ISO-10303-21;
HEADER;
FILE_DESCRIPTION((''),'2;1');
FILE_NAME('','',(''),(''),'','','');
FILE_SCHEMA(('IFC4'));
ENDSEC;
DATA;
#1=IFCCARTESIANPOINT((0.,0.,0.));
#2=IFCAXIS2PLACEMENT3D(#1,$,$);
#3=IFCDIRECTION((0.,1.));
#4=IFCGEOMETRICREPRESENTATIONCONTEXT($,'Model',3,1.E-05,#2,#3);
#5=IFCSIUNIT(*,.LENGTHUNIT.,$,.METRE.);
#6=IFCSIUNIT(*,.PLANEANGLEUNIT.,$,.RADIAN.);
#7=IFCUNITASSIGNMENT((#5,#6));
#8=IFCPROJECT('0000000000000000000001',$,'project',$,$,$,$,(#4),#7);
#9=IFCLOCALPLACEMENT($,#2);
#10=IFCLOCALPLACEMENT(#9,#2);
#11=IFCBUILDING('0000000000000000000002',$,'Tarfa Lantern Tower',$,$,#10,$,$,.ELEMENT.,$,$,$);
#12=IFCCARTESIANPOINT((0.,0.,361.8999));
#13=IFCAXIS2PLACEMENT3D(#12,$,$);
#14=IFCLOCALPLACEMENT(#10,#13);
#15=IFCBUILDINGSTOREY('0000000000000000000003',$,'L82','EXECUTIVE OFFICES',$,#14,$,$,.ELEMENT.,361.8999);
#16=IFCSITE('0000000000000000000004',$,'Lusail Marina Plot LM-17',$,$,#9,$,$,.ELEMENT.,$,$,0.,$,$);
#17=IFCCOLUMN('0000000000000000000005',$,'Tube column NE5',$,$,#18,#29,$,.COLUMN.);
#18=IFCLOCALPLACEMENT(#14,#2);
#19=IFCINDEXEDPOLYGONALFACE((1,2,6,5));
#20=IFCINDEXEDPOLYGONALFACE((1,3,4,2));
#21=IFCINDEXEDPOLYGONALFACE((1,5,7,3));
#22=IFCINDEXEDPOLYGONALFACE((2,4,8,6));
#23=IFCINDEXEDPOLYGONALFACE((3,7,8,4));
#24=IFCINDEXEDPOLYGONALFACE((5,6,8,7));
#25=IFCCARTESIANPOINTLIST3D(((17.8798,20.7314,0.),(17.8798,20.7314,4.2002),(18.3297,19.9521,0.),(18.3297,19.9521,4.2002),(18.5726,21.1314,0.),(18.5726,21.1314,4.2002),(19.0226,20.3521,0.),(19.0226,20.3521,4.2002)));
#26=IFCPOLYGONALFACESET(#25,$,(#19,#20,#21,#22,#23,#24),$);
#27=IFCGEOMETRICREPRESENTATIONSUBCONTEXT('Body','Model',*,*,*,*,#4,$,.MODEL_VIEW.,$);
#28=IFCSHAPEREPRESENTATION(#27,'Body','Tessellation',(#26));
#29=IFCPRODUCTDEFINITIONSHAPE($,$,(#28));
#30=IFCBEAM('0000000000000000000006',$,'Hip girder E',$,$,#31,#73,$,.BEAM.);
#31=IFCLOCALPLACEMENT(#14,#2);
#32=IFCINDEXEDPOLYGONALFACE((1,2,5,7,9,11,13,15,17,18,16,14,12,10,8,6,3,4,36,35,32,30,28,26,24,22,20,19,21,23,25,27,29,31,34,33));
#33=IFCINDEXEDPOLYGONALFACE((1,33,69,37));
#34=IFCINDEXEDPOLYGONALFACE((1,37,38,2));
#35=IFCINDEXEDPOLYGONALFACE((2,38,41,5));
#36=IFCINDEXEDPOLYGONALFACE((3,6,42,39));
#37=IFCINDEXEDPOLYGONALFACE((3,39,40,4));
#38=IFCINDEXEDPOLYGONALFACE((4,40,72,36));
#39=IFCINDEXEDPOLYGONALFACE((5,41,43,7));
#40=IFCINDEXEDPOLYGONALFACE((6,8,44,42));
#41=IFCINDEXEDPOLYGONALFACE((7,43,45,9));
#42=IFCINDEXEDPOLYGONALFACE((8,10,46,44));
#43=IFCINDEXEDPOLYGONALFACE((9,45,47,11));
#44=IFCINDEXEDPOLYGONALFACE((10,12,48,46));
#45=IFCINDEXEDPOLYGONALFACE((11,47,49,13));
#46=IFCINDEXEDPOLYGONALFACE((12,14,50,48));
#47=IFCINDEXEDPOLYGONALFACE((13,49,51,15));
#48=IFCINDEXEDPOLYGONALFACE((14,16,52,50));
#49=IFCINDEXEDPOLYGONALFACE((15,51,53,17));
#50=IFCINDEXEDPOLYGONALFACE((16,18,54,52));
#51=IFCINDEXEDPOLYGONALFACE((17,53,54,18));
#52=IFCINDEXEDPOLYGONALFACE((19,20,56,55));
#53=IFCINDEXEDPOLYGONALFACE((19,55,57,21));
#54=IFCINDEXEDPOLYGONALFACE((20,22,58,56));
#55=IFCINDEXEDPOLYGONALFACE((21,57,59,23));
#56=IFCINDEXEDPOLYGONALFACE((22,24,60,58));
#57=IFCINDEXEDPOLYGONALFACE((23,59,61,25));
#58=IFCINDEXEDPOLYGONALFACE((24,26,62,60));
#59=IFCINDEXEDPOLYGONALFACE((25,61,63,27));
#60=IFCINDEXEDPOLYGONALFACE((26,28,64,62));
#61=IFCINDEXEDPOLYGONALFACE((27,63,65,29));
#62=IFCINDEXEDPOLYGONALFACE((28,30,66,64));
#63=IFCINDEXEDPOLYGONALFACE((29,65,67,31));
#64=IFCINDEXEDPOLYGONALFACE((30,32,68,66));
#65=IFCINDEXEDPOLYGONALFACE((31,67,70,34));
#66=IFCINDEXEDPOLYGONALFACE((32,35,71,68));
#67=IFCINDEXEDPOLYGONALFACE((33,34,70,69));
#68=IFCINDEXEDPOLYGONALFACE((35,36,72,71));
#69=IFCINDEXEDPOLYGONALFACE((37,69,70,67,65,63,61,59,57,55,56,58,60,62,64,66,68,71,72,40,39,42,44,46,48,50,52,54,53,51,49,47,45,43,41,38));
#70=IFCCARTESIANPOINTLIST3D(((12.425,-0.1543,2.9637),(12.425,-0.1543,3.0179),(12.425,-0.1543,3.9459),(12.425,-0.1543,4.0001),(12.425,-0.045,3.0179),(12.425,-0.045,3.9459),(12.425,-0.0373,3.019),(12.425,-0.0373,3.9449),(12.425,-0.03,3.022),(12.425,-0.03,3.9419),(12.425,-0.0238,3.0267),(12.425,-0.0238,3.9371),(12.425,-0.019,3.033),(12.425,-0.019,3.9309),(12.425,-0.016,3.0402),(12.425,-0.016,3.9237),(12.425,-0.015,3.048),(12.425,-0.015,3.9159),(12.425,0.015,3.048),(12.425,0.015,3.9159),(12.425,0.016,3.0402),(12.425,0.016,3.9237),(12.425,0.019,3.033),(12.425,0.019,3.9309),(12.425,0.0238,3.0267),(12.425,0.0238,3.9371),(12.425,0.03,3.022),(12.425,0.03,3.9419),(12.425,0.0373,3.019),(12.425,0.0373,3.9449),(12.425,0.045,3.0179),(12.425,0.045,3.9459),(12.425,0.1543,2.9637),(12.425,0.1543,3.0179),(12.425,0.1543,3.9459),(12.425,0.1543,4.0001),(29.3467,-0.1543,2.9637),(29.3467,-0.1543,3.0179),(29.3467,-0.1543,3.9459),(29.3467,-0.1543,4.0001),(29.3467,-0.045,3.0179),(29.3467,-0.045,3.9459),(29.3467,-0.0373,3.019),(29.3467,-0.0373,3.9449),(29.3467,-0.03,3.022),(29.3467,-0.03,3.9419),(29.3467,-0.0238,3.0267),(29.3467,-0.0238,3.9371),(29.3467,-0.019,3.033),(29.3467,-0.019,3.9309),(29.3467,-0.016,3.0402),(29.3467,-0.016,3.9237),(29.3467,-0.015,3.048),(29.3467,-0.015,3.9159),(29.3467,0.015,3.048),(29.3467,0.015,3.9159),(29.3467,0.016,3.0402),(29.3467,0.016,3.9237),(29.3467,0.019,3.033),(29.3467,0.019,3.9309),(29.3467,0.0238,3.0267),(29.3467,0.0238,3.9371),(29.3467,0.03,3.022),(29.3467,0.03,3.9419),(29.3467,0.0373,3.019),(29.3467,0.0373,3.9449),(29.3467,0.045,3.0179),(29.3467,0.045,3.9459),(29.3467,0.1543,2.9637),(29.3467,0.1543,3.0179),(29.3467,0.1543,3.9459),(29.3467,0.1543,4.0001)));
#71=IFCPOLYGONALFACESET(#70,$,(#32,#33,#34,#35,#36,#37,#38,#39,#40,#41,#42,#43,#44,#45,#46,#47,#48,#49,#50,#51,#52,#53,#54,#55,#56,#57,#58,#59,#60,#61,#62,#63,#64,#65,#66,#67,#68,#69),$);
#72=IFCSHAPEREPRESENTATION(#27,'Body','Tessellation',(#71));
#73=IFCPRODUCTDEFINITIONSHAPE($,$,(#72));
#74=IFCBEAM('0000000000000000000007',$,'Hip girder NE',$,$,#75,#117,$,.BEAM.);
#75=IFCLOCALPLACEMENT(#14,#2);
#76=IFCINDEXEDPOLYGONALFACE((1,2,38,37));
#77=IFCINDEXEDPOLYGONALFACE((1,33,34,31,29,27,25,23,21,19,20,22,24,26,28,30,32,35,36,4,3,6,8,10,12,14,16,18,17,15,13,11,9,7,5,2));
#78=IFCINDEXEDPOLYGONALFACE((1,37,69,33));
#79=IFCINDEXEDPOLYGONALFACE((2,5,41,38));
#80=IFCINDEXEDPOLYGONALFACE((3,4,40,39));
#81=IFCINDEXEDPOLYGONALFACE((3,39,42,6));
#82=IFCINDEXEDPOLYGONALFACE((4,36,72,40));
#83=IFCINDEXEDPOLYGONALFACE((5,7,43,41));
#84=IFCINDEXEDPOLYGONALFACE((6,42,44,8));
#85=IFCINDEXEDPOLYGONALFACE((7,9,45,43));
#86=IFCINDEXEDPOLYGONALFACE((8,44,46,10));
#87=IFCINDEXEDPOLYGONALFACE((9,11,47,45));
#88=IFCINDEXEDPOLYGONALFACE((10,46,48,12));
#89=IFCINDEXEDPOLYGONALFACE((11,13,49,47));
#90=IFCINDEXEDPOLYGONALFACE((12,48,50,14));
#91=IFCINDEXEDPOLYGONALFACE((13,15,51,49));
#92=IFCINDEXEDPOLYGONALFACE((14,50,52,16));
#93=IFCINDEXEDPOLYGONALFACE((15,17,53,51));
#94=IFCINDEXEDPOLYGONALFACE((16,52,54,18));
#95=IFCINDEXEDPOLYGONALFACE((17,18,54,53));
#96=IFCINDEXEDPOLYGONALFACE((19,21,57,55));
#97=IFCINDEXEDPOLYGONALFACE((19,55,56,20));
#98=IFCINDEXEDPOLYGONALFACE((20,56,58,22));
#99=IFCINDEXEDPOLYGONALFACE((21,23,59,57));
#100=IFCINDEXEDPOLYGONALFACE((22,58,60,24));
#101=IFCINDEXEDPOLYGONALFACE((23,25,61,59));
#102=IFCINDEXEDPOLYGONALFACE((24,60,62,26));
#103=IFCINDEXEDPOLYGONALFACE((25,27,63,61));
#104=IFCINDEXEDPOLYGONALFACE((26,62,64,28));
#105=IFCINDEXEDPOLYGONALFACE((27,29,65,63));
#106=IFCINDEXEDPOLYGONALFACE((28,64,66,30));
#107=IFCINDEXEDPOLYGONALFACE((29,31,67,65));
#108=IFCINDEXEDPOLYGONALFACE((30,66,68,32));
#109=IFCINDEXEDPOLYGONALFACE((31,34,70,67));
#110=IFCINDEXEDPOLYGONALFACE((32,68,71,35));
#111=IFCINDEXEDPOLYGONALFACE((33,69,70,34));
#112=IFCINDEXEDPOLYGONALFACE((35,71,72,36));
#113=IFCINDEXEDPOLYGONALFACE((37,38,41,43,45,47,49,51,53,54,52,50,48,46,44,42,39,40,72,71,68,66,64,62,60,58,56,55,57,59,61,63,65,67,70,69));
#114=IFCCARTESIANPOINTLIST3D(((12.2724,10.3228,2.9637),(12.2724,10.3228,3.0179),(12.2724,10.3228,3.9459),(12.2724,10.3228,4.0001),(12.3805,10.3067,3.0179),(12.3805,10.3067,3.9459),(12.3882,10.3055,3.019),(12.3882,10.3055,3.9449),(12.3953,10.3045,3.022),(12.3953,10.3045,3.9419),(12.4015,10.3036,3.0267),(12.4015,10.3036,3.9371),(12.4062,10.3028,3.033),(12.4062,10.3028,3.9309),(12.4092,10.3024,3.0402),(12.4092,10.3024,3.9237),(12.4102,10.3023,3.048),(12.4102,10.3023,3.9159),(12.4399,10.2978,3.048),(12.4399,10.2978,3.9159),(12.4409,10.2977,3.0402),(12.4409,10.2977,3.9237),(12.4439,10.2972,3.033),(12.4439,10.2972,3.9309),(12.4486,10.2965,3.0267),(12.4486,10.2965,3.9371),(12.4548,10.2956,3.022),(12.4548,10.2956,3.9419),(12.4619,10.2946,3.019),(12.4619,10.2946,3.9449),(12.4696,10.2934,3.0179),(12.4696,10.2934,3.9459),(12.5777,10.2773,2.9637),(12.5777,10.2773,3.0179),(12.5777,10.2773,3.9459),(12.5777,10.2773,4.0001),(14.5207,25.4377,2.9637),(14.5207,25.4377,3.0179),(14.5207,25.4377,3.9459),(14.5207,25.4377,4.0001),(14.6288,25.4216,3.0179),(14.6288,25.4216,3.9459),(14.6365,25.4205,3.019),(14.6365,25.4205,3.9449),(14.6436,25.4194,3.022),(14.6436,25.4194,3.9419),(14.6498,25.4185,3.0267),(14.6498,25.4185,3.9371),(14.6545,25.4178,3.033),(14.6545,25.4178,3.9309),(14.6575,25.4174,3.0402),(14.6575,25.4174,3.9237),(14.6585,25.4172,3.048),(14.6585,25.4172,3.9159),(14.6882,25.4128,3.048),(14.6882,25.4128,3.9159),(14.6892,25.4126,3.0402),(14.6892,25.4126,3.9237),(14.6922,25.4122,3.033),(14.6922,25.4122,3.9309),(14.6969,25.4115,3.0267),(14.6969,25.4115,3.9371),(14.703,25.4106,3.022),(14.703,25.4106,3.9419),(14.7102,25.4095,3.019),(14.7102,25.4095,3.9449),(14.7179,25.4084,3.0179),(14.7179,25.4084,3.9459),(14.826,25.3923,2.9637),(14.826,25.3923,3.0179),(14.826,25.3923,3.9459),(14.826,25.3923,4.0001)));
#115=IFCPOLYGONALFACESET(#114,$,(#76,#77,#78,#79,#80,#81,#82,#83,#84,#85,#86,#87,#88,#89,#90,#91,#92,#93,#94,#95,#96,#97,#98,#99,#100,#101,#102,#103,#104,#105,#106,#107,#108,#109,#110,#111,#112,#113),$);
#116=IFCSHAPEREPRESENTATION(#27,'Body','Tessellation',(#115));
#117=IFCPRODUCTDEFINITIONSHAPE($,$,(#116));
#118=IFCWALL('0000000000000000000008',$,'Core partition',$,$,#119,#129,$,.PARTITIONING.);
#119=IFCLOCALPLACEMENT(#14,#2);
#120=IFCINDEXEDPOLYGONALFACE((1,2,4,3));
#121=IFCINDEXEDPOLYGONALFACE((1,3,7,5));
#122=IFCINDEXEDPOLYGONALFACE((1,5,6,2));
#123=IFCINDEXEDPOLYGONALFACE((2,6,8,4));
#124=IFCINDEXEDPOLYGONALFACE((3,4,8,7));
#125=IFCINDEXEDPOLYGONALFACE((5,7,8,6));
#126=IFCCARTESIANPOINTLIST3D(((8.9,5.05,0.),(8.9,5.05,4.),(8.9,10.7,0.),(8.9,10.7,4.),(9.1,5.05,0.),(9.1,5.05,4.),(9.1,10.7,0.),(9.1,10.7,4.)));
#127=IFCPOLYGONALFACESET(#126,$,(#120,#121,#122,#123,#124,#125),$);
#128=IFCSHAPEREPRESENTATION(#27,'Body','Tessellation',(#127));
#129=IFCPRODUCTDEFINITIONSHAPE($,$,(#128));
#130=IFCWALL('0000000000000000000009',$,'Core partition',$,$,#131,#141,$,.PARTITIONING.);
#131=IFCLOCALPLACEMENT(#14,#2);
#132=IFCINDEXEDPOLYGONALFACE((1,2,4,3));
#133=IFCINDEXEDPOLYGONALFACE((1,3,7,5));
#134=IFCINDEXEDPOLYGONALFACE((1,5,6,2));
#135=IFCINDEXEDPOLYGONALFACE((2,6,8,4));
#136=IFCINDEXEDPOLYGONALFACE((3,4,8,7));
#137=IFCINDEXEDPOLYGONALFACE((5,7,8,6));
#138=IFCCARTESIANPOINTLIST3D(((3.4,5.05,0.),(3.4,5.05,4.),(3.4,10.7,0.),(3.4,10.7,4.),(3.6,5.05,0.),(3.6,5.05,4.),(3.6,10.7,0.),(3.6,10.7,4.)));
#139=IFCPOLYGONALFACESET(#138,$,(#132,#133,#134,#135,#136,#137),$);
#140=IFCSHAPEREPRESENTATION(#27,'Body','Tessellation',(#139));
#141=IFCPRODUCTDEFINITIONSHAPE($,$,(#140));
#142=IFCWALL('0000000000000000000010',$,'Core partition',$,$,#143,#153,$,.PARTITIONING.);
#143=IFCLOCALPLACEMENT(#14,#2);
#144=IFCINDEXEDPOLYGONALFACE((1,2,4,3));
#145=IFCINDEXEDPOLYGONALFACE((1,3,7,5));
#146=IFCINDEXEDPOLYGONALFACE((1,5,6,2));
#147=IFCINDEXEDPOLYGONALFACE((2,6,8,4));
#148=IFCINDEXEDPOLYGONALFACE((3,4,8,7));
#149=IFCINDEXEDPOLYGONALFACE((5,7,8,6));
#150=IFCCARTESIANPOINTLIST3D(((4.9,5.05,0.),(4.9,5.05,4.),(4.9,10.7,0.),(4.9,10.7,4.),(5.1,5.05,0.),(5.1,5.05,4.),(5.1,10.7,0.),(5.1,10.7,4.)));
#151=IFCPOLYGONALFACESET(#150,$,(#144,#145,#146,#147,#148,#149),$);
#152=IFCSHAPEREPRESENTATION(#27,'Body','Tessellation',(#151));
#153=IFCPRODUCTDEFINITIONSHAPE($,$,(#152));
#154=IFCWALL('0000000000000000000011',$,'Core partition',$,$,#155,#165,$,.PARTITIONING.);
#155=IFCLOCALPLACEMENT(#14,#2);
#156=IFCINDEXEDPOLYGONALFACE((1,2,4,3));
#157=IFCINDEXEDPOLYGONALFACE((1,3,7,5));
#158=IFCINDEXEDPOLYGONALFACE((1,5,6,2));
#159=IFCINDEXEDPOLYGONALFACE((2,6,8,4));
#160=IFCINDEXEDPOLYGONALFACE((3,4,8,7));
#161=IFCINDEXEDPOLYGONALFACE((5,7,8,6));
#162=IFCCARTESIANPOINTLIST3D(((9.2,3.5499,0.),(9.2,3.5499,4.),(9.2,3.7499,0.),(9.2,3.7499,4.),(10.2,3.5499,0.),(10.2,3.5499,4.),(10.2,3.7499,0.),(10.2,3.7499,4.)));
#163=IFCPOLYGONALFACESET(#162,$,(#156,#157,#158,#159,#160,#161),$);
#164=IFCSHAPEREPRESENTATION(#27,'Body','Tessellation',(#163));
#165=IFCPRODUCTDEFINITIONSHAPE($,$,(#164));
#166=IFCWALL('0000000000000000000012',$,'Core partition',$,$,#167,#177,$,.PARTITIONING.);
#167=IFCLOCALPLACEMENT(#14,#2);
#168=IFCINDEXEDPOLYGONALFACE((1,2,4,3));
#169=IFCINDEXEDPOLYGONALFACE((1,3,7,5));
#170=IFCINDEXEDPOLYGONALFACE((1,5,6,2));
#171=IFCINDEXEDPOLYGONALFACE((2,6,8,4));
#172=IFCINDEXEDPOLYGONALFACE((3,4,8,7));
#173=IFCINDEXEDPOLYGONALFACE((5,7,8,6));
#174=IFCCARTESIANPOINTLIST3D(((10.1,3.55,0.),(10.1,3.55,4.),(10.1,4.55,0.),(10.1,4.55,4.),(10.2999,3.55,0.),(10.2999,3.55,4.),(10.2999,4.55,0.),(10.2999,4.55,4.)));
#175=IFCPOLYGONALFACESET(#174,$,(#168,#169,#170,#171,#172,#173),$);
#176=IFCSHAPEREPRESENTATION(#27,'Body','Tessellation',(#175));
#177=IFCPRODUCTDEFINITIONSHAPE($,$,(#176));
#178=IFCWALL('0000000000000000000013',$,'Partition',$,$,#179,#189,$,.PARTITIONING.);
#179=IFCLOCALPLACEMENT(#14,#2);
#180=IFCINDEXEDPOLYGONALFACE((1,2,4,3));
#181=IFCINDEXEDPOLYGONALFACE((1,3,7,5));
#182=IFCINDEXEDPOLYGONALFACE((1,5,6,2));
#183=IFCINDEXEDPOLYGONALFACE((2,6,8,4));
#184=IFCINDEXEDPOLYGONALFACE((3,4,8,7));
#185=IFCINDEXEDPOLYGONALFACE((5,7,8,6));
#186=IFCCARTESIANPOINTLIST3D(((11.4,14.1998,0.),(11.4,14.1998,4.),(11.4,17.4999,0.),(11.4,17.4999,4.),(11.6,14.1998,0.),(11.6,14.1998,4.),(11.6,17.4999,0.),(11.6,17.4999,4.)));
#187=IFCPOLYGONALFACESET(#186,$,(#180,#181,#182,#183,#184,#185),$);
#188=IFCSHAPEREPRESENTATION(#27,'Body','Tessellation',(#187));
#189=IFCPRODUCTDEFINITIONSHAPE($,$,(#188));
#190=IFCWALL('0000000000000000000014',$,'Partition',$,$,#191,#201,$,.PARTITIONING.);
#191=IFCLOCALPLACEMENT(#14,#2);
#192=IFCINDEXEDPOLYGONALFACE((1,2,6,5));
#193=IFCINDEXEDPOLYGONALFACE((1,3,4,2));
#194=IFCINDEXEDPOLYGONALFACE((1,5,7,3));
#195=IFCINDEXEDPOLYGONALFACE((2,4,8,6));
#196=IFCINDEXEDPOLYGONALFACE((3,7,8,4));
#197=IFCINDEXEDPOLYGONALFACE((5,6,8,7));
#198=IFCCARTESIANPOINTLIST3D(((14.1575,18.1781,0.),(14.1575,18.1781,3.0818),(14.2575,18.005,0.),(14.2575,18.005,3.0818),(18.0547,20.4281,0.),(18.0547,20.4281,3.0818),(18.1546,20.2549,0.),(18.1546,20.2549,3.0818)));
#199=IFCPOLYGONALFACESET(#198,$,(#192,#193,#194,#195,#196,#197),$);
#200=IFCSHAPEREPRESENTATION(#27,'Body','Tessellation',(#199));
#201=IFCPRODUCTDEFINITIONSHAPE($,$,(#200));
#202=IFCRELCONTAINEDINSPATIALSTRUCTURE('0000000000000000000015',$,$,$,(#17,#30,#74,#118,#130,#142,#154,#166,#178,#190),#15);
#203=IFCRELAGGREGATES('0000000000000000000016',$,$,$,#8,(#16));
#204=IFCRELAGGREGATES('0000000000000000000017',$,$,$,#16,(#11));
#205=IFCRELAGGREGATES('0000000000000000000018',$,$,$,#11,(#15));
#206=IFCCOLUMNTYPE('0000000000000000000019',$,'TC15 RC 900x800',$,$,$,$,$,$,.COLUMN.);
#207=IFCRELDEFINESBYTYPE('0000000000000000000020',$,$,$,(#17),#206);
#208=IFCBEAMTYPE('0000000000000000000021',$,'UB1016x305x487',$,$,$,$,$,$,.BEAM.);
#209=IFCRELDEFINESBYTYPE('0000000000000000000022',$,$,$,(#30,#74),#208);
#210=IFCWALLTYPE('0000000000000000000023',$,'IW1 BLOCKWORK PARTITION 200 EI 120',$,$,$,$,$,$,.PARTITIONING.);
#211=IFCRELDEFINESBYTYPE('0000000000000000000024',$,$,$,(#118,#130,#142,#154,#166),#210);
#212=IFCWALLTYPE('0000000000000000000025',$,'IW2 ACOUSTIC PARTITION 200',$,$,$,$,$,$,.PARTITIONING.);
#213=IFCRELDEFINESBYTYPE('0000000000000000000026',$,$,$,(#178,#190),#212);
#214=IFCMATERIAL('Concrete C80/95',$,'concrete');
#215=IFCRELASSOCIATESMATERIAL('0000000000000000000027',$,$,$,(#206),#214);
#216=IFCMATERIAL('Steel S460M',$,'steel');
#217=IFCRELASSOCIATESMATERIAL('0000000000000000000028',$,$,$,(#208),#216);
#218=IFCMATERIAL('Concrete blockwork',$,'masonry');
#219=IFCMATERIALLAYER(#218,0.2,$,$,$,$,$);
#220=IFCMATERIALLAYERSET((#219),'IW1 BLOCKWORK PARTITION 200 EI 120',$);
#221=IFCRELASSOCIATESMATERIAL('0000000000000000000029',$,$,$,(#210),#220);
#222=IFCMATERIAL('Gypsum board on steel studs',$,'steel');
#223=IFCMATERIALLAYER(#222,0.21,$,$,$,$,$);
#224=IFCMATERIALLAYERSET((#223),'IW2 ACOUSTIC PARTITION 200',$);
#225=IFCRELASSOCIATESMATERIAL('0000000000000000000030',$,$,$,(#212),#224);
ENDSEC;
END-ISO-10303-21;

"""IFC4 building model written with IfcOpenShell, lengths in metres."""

from ifc_helpers import new_model, si_unit, direction, frame, frame_2d, origin, origin_2d, place, context, subcontext, project, spatial, rectangle, i_section, extrude, material, layer, layer_set, material_profile, profile_set, type_object, element, save


model = new_model("IFC4")

# Units and contexts
model_context = context("Model", 3, precision=1e-05, world=origin(), true_north=direction((0.0, 1.0)))
body_context = subcontext(model_context, "Body", "Model", "MODEL_VIEW")
ifc_project = project(units=[si_unit("LENGTHUNIT", "METRE"), si_unit("PLANEANGLEUNIT", "RADIAN")], contexts=[model_context])

# Site, building, storey
site_placement = place(None, origin())
site = spatial("IfcSite", under=ifc_project, at=site_placement, Name="Lusail Marina Plot LM-17", CompositionType="ELEMENT", RefElevation=0.0)
building_placement = place(site_placement, origin())
building = spatial("IfcBuilding", under=site, at=building_placement, Name="Tarfa Lantern Tower", CompositionType="ELEMENT")
storey_placement = place(building_placement, frame((0.0, 0.0, 361.8999)))
storey = spatial("IfcBuildingStorey", under=building, at=storey_placement, Name="L82", Description="EXECUTIVE OFFICES", CompositionType="ELEMENT", Elevation=361.8999)

# Column
ifc_material_1 = material(Name="Concrete C80/95", Category="concrete")
ifc_material_profile_1 = material_profile(ifc_material_1, rectangle(XDim=0.8999, YDim=0.8, at=origin_2d()), Name="RC 900x800")
ifc_profile_set_1 = profile_set([ifc_material_profile_1], Name="Concrete C80/95")
column_type = type_object("IfcColumnType", Name="TC15 RC 900x800", PredefinedType="COLUMN", material=ifc_profile_set_1)
column_placement = place(storey_placement, frame((18.4512, 20.5417, 0.0), z_axis=(0.0, 0.0, 1.0), x_axis=(-0.5, 0.866025, 0.0)))
element("IfcColumn", 1, at=column_placement, inside=storey, type_object=column_type, Name="Tube column NE5", PredefinedType="COLUMN", context=body_context, shape_type="SweptSolid", body=[
    extrude(rectangle(XDim=0.8999, YDim=0.8, at=origin_2d()), origin(), (0.0, 0.0, 1.0), 4.2002),
])

# Beams
ifc_material_2 = material(Name="Steel S460M", Category="steel")
ifc_material_profile_2 = material_profile(ifc_material_2, i_section(OverallWidth=0.3086, OverallDepth=1.0364, WebThickness=0.03, FlangeThickness=0.0542, FilletRadius=0.03, at=origin_2d()), Name="UB1016x305x487")
ifc_profile_set_2 = profile_set([ifc_material_profile_2], Name="Steel S460M")
beam_type = type_object("IfcBeamType", Name="UB1016x305x487", PredefinedType="BEAM", material=ifc_profile_set_2)
beam_1_placement = place(storey_placement, frame((12.425, 0.0, 3.4819), z_axis=(1.0, 0.0, 0.0), x_axis=(0.0, 1.0, 0.0)))
element("IfcBeam", 2, at=beam_1_placement, inside=storey, type_object=beam_type, Name="Hip girder E", PredefinedType="BEAM", context=body_context, shape_type="SweptSolid", body=[
    extrude(i_section(OverallWidth=0.3086, OverallDepth=1.0364, WebThickness=0.03, FlangeThickness=0.0542, FilletRadius=0.03, at=origin_2d()), origin(), (0.0, 0.0, 1.0), 16.9216),
])
beam_2_placement = place(storey_placement, frame((12.425, 10.3, 3.4819), z_axis=(0.147127, 0.989118, 0.0), x_axis=(-0.989118, 0.147127, 0.0)))
element("IfcBeam", 3, at=beam_2_placement, inside=storey, type_object=beam_type, Name="Hip girder NE", PredefinedType="BEAM", context=body_context, shape_type="SweptSolid", body=[
    extrude(i_section(OverallWidth=0.3086, OverallDepth=1.0364, WebThickness=0.03, FlangeThickness=0.0542, FilletRadius=0.03, at=origin_2d()), origin(), (0.0, 0.0, 1.0), 15.2812),
])

# Walls
ifc_material_3 = material(Name="Concrete blockwork", Category="masonry")
ifc_layer_1 = layer(ifc_material_3, 0.2)
ifc_layer_set_1 = layer_set([ifc_layer_1], Name="IW1 BLOCKWORK PARTITION 200 EI 120")
wall_type_1 = type_object("IfcWallType", Name="IW1 BLOCKWORK PARTITION 200 EI 120", PredefinedType="PARTITIONING", material=ifc_layer_set_1)
for number, where, z_axis, x_axis, name in (
    (4, (9.0, 5.05, 0.0), (0.0, 0.0, 1.0), (0.0, 1.0, 0.0), "Core partition"),
    (5, (3.5, 5.05, 0.0), (0.0, 0.0, 1.0), (0.0, 1.0, 0.0), "Core partition"),
    (6, (5.0, 5.05, 0.0), (0.0, 0.0, 1.0), (0.0, 1.0, 0.0), "Core partition"),
):
    element("IfcWall", number, at=place(storey_placement, frame(where, z_axis=z_axis, x_axis=x_axis)), inside=storey, type_object=wall_type_1, Name=name, PredefinedType="PARTITIONING", context=body_context, shape_type="SweptSolid", body=[
        extrude(rectangle(XDim=5.6499, YDim=0.2, at=frame_2d((2.825, 0.0))), origin(), (0.0, 0.0, 1.0), 4.0),
    ])
for number, where, z_axis, x_axis, name in (
    (7, (9.2, 3.6499, 0.0), (0.0, 0.0, 1.0), (1.0, 0.0, 0.0), "Core partition"),
    (8, (10.2, 3.55, 0.0), (0.0, 0.0, 1.0), (0.0, 1.0, 0.0), "Core partition"),
):
    element("IfcWall", number, at=place(storey_placement, frame(where, z_axis=z_axis, x_axis=x_axis)), inside=storey, type_object=wall_type_1, Name=name, PredefinedType="PARTITIONING", context=body_context, shape_type="SweptSolid", body=[
        extrude(rectangle(XDim=1.0, YDim=0.2, at=frame_2d((0.5, 0.0))), origin(), (0.0, 0.0, 1.0), 4.0),
    ])
ifc_material_4 = material(Name="Gypsum board on steel studs", Category="steel")
ifc_layer_2 = layer(ifc_material_4, 0.21)
ifc_layer_set_2 = layer_set([ifc_layer_2], Name="IW2 ACOUSTIC PARTITION 200")
wall_type_2 = type_object("IfcWallType", Name="IW2 ACOUSTIC PARTITION 200", PredefinedType="PARTITIONING", material=ifc_layer_set_2)
wall_1_placement = place(storey_placement, frame((11.5, 14.2, 0.0), z_axis=(0.0, 0.0, 1.0), x_axis=(0.0, 1.0, 0.0)))
element("IfcWall", 9, at=wall_1_placement, inside=storey, type_object=wall_type_2, Name="Partition", PredefinedType="PARTITIONING", context=body_context, shape_type="SweptSolid", body=[
    extrude(rectangle(XDim=3.3, YDim=0.2, at=frame_2d((1.6499, 0.0))), origin(), (0.0, 0.0, 1.0), 4.0),
])

# Wall
wall_2_placement = place(storey_placement, frame((14.2075, 18.0916, 0.0), z_axis=(0.0, 0.0, 1.0), x_axis=(0.866031, 0.49999, 0.0)))
element("IfcWall", 10, at=wall_2_placement, inside=storey, type_object=wall_type_2, Name="Partition", PredefinedType="PARTITIONING", context=body_context, shape_type="SweptSolid", body=[
    extrude(rectangle(XDim=4.5, YDim=0.2, at=frame_2d((2.25, 0.0))), origin(), (0.0, 0.0, 1.0), 3.0818),
])

save(model, "model.ifc")
